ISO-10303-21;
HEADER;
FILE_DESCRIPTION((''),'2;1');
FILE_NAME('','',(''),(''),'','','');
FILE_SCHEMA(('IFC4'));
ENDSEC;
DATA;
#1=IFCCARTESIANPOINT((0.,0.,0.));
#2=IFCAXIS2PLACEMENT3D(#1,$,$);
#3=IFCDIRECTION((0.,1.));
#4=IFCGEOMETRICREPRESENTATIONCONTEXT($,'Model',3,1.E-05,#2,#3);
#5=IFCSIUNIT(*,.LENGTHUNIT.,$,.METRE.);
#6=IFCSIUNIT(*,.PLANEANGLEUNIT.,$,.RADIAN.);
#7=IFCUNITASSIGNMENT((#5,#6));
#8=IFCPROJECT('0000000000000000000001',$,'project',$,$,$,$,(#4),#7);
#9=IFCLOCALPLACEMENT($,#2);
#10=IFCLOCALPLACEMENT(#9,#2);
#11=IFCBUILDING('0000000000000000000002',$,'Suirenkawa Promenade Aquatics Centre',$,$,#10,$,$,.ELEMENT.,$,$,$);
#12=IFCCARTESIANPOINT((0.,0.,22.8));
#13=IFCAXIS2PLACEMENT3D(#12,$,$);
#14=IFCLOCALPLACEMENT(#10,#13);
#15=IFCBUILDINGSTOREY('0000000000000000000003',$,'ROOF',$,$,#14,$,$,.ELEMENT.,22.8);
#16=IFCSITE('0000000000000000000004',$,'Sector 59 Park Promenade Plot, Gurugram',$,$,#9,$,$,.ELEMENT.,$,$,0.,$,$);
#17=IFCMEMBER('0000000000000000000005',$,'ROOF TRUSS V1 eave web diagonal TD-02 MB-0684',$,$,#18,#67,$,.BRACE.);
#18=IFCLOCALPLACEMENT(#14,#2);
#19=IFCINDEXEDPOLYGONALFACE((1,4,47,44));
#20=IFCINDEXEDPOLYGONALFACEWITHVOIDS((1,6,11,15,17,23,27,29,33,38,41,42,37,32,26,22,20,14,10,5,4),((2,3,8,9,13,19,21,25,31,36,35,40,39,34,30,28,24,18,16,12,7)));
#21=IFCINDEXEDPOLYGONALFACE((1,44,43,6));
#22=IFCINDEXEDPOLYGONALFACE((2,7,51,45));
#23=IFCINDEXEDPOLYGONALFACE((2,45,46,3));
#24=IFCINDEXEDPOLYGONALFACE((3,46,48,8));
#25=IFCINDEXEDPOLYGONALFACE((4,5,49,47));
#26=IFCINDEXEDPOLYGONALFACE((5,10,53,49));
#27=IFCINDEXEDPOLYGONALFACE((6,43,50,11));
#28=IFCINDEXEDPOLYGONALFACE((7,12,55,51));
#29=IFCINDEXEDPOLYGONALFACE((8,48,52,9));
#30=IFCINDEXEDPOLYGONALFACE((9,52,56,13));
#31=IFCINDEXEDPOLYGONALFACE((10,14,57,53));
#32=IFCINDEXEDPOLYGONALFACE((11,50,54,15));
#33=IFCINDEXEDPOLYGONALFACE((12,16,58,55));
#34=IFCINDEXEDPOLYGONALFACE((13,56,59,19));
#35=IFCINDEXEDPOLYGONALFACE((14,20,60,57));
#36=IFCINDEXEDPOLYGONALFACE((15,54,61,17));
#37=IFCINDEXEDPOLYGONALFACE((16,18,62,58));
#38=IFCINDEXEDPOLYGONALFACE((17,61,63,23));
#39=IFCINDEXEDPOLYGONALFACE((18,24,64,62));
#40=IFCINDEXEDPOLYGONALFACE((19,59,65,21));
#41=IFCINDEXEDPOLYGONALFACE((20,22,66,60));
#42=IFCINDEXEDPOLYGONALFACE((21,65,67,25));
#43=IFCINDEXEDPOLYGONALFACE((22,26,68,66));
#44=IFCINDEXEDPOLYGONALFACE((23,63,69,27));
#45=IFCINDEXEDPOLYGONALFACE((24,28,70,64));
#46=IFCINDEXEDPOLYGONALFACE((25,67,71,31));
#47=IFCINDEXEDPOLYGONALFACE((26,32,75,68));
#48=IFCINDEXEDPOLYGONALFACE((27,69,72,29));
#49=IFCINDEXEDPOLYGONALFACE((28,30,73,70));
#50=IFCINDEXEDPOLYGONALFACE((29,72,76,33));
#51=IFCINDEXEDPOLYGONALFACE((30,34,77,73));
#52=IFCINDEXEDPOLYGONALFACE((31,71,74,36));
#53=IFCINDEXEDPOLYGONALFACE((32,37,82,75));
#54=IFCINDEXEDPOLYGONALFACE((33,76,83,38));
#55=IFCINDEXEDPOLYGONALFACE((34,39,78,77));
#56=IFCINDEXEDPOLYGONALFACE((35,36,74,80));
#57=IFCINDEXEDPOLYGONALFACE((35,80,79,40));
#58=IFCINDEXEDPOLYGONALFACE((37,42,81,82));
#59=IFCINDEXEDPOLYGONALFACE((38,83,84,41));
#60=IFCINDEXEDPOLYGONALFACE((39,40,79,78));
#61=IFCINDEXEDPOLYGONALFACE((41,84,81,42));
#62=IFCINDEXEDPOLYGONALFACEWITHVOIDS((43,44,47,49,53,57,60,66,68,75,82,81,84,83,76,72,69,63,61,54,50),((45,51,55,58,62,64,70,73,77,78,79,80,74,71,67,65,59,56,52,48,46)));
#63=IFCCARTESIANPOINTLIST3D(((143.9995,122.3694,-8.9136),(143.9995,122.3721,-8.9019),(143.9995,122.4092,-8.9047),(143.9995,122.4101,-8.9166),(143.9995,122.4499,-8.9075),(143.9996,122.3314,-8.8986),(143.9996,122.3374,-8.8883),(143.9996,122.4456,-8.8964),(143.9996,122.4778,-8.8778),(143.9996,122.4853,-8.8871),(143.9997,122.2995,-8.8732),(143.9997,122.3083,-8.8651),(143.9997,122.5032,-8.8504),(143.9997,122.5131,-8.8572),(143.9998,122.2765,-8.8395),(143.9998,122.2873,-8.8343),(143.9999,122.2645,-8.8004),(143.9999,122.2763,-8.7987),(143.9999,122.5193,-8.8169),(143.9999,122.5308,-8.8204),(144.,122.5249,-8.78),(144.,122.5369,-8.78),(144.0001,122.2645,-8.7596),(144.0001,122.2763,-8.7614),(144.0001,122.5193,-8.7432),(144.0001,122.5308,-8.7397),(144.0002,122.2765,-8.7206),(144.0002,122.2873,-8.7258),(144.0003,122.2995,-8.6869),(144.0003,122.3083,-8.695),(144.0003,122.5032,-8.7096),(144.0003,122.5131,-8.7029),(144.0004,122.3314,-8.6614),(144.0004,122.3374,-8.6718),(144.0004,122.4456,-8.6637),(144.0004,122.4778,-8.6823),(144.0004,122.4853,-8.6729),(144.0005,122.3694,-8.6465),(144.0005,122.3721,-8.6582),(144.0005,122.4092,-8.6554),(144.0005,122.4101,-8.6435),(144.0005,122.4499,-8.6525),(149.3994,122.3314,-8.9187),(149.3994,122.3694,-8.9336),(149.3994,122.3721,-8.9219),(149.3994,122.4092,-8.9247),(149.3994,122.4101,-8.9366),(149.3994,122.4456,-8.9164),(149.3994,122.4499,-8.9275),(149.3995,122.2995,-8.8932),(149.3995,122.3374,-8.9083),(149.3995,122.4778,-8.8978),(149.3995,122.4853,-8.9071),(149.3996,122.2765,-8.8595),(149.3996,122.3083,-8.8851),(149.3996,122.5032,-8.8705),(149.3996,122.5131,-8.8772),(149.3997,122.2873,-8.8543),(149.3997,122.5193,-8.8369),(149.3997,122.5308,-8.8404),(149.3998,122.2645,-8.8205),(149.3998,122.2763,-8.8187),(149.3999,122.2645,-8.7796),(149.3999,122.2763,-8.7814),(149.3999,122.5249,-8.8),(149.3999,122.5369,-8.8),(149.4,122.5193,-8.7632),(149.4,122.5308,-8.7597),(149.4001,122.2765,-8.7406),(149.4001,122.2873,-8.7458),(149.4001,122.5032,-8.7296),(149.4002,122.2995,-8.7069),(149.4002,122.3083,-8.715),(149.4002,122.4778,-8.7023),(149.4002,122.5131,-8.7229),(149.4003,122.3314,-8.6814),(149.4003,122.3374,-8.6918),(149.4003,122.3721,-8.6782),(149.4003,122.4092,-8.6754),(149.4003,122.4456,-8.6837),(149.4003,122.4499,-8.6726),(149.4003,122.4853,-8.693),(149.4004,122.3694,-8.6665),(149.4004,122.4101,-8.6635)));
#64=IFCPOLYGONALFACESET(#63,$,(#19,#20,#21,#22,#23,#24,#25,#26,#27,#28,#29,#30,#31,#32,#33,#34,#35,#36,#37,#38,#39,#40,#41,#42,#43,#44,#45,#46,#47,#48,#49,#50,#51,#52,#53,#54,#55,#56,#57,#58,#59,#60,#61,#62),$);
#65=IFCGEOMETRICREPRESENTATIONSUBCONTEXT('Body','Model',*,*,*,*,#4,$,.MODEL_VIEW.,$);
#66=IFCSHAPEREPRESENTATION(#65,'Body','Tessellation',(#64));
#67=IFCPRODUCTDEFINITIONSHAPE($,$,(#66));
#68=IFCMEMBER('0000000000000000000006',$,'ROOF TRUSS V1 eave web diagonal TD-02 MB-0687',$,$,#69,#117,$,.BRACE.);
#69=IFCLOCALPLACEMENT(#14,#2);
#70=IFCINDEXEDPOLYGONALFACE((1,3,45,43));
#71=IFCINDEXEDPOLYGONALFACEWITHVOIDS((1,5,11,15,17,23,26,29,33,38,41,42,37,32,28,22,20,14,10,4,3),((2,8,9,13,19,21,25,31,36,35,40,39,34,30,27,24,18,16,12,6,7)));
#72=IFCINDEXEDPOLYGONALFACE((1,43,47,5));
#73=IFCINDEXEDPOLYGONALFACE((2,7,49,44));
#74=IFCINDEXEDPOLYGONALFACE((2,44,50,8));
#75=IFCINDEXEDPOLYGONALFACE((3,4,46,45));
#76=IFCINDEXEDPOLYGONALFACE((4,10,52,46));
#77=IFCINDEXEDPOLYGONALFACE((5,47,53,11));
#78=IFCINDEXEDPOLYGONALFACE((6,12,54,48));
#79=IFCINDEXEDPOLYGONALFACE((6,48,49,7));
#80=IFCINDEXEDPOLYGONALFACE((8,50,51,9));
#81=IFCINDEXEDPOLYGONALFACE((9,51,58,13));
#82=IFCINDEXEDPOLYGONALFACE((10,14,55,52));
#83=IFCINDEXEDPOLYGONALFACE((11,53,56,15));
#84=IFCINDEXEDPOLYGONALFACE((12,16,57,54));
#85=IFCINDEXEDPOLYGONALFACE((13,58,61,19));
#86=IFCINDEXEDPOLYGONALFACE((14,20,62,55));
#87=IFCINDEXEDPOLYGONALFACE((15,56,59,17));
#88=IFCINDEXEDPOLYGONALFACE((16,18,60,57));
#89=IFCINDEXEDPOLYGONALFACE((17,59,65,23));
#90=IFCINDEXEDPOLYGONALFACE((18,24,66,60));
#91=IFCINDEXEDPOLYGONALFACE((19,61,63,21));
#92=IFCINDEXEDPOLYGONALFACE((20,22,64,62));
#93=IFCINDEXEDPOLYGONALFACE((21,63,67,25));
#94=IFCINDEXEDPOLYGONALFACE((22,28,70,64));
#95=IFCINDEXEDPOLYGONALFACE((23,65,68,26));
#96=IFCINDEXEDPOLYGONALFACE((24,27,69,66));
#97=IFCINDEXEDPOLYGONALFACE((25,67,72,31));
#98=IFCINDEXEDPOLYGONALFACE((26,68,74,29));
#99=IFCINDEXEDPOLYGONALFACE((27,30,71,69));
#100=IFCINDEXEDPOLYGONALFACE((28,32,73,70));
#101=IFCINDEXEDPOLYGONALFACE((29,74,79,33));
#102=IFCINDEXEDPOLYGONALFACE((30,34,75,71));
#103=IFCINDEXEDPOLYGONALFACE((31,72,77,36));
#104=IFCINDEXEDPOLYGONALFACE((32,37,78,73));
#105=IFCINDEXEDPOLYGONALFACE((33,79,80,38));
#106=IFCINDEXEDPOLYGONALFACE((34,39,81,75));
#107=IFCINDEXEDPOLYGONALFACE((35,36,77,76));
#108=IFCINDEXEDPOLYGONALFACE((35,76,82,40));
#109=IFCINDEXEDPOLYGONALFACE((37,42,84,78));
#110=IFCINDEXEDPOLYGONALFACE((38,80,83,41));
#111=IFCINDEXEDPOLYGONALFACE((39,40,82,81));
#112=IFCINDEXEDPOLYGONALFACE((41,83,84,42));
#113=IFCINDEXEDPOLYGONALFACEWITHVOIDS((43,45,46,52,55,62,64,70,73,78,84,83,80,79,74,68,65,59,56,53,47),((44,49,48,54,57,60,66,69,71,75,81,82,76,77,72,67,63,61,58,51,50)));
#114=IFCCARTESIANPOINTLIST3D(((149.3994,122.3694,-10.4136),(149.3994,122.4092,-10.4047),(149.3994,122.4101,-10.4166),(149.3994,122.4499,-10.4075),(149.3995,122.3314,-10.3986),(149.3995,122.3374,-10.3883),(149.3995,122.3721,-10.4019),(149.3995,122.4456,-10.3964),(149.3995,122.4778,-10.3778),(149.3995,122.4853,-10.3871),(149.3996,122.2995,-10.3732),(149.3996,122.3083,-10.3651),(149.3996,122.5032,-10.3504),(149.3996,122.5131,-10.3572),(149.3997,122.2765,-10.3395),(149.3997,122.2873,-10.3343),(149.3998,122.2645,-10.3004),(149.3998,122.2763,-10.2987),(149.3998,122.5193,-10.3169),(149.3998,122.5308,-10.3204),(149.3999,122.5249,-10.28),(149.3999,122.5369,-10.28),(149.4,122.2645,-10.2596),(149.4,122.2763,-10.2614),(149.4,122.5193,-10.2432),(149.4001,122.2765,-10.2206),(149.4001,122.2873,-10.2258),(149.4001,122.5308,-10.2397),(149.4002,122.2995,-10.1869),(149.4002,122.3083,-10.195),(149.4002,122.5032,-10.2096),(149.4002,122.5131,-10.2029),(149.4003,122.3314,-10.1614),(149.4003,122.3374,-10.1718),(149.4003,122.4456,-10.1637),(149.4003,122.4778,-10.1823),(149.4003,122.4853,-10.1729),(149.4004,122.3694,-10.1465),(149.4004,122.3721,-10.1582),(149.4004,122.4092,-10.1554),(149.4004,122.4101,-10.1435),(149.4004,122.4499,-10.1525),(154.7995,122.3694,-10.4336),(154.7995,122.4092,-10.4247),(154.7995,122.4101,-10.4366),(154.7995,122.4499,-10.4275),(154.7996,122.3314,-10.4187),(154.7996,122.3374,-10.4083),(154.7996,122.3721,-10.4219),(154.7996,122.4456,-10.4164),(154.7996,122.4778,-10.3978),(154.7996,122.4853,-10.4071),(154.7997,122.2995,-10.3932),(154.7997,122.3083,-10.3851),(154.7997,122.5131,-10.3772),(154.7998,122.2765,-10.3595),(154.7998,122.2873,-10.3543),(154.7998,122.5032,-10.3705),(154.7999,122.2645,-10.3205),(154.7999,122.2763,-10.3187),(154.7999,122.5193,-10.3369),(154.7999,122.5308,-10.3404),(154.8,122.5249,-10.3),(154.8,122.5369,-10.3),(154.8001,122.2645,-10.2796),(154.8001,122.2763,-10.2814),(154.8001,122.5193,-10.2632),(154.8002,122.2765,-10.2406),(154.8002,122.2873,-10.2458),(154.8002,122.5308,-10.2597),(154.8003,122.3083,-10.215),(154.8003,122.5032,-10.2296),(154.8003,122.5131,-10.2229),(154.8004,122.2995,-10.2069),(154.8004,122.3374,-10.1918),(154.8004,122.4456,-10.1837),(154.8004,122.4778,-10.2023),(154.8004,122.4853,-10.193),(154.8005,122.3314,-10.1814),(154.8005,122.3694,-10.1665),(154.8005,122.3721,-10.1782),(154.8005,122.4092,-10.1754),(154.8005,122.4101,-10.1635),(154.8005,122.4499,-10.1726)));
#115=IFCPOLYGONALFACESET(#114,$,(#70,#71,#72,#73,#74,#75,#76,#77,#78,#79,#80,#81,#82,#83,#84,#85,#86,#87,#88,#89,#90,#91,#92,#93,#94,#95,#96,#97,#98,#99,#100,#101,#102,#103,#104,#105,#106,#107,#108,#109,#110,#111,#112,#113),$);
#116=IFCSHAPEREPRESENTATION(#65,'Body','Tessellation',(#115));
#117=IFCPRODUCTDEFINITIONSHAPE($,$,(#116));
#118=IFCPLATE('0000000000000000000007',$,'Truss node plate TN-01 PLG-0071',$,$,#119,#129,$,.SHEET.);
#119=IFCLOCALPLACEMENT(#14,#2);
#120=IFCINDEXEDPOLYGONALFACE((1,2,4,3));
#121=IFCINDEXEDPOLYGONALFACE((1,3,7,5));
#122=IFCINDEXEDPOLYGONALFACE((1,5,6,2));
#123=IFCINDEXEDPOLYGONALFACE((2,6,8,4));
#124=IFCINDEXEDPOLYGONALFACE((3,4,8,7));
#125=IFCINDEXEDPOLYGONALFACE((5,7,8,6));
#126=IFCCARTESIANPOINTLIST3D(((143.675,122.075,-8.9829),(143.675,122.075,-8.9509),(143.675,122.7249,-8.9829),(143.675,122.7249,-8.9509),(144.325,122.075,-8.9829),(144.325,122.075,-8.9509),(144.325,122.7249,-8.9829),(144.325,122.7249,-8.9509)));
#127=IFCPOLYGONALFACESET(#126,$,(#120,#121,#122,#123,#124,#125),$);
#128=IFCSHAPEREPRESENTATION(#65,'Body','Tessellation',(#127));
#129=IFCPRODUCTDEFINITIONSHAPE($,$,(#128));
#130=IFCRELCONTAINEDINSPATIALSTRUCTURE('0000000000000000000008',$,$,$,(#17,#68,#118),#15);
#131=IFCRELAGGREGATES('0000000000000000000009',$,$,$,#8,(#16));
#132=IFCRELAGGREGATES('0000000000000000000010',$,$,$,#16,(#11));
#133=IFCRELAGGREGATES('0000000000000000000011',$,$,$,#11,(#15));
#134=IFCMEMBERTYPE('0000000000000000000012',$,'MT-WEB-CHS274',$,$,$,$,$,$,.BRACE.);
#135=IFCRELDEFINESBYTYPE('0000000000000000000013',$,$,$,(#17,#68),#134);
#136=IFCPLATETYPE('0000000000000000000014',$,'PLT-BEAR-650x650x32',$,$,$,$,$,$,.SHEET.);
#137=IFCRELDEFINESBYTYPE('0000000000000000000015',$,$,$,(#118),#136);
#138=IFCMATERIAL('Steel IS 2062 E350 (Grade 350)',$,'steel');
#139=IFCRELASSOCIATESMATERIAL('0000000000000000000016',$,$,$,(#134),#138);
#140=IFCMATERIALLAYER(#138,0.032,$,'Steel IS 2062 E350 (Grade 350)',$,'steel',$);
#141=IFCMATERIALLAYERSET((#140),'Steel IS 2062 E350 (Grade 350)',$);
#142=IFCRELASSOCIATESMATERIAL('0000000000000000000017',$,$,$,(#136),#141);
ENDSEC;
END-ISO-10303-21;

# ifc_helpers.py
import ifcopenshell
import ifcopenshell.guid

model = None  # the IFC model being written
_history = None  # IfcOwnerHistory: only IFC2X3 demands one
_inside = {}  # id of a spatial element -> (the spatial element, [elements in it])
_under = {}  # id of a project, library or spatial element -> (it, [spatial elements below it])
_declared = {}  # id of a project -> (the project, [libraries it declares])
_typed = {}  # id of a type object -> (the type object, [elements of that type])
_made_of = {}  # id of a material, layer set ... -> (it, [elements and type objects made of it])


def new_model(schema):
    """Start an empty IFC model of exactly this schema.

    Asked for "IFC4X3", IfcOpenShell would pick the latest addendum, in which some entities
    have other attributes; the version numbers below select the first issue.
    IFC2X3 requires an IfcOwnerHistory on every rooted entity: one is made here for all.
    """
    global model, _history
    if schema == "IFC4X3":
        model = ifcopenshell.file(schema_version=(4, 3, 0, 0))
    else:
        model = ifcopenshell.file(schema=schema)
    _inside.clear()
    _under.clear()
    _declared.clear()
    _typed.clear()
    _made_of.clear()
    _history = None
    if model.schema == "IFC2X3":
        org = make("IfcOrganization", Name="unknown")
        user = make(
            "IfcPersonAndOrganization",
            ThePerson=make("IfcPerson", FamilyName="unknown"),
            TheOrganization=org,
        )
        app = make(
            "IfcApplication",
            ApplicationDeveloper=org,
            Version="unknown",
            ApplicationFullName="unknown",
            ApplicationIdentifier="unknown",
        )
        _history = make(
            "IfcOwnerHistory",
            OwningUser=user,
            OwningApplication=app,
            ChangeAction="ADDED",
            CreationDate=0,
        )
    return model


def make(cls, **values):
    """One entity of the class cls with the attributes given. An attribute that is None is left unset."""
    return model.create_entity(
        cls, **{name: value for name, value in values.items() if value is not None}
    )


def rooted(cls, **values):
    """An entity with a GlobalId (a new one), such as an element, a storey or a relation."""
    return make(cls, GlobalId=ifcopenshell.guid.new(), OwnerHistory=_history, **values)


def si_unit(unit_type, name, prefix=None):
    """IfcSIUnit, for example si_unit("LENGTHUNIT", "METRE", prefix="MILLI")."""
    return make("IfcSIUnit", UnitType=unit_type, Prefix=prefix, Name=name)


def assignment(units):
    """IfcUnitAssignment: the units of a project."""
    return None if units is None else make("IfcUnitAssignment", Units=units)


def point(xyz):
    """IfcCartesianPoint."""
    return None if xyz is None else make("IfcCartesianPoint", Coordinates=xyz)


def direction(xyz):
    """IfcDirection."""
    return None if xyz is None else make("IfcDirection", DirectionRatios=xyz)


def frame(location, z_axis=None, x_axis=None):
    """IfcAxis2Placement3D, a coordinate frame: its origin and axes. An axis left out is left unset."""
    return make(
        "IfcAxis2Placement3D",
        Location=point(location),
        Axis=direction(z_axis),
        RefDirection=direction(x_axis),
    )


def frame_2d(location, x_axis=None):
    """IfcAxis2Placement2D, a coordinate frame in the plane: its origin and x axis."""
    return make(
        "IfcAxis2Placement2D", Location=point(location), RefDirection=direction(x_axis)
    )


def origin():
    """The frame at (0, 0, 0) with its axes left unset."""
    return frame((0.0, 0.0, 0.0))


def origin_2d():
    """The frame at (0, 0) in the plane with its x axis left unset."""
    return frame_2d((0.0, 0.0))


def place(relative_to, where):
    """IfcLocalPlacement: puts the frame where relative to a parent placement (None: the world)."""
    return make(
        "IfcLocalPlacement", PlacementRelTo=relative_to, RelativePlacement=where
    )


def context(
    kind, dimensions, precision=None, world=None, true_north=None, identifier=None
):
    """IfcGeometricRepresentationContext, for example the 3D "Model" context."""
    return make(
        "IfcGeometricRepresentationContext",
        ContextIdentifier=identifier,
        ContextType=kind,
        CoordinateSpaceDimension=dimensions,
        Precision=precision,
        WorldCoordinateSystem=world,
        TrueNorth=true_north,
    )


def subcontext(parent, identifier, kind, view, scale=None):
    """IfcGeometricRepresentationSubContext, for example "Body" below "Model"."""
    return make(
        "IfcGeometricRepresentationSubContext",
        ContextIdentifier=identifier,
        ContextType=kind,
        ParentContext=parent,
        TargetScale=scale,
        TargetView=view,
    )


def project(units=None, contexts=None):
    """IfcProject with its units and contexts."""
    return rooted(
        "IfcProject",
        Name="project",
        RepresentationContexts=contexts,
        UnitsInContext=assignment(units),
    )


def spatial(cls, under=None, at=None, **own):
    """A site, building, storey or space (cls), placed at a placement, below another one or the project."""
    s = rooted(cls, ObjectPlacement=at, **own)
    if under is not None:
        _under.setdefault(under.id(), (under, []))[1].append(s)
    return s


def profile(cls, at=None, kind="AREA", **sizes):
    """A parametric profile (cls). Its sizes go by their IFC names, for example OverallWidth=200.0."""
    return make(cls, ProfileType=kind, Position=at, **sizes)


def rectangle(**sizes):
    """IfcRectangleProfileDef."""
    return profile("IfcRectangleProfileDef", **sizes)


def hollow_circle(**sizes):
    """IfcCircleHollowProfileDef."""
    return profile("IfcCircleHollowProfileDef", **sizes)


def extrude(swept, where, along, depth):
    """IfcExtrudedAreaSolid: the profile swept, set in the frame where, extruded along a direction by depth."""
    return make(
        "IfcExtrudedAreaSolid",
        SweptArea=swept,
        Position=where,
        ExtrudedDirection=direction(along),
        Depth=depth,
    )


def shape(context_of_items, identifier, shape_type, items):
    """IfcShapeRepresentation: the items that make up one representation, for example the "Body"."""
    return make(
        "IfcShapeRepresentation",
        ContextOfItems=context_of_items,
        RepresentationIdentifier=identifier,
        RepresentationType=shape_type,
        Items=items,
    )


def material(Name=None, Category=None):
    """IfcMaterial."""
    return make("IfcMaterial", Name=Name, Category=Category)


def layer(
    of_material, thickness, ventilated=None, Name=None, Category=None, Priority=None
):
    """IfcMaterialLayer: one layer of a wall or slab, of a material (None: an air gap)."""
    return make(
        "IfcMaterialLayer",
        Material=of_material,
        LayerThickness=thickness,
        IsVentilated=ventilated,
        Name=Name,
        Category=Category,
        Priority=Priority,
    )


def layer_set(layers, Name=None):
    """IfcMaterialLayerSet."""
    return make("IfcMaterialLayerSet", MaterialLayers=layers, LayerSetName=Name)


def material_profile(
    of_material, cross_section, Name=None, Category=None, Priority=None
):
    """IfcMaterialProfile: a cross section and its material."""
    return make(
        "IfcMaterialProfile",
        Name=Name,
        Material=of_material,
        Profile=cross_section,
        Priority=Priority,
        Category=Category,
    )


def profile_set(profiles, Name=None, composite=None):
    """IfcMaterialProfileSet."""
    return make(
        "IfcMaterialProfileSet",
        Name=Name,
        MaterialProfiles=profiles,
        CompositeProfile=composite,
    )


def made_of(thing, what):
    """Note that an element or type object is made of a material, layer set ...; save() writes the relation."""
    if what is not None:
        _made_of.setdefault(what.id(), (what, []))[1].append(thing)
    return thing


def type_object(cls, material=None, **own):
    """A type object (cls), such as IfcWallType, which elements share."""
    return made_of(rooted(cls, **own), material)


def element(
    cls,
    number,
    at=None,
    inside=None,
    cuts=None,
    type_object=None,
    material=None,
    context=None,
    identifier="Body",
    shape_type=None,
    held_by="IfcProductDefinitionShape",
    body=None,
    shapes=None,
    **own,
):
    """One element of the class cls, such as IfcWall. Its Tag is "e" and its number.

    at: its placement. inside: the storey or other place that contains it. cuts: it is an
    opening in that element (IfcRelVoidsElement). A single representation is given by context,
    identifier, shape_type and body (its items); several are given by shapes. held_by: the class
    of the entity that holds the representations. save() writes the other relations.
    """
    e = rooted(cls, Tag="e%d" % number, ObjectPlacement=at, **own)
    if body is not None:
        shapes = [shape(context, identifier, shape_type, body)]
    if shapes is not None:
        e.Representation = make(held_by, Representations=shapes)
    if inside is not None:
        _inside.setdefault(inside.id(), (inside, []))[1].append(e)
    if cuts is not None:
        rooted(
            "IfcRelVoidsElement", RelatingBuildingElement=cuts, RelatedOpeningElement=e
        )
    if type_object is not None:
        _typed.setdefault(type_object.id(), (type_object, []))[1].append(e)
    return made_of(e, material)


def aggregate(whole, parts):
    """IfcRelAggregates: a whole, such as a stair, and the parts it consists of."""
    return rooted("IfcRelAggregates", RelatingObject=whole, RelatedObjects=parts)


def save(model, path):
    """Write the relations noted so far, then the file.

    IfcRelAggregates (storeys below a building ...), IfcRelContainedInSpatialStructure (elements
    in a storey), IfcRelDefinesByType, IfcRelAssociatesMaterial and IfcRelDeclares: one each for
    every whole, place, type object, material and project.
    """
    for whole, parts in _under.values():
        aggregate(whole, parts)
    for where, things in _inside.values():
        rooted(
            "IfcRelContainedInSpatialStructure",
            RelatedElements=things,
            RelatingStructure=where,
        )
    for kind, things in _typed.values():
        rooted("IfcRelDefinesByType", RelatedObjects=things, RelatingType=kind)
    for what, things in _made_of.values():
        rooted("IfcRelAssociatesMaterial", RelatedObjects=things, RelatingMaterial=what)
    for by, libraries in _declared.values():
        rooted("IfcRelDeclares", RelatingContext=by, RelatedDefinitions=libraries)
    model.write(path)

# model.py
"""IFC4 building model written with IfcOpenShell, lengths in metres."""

from ifc_helpers import new_model, si_unit, direction, frame, origin, origin_2d, place, context, subcontext, project, spatial, rectangle, hollow_circle, extrude, material, layer, layer_set, material_profile, profile_set, type_object, element, save


model = new_model("IFC4")

# Units and contexts
model_context = context("Model", 3, precision=1e-05, world=origin(), true_north=direction((0.0, 1.0)))
body_context = subcontext(model_context, "Body", "Model", "MODEL_VIEW")
ifc_project = project(units=[si_unit("LENGTHUNIT", "METRE"), si_unit("PLANEANGLEUNIT", "RADIAN")], contexts=[model_context])

# Site, building, storey
site_placement = place(None, origin())
site = spatial("IfcSite", under=ifc_project, at=site_placement, Name="Sector 59 Park Promenade Plot, Gurugram", CompositionType="ELEMENT", RefElevation=0.0)
building_placement = place(site_placement, origin())
building = spatial("IfcBuilding", under=site, at=building_placement, Name="Suirenkawa Promenade Aquatics Centre", CompositionType="ELEMENT")
storey_placement = place(building_placement, frame((0.0, 0.0, 22.8)))
storey = spatial("IfcBuildingStorey", under=building, at=storey_placement, Name="ROOF", CompositionType="ELEMENT", Elevation=22.8)

# Shared definitions
ifc_material = material(Name="Steel IS 2062 E350 (Grade 350)", Category="steel")

# Members
ifc_material_profile_1 = material_profile(ifc_material, hollow_circle(Radius=0.137, WallThickness=0.012, at=origin_2d()), Name="CHS 274x12", Category="steel")
ifc_profile_set_1 = profile_set([ifc_material_profile_1], Name="Steel IS 2062 E350 (Grade 350)")
member_type_1 = type_object("IfcMemberType", Name="MT-WEB-CHS274", PredefinedType="BRACE", material=ifc_profile_set_1)
member_1_placement = place(storey_placement, frame((144.0, 122.3999, -8.78), z_axis=(0.999993, 0.0, -0.003707), x_axis=(0.0, 1.0, 0.0)))
element("IfcMember", 1, at=member_1_placement, inside=storey, type_object=member_type_1, Name="ROOF TRUSS V1 eave web diagonal TD-02 MB-0684", PredefinedType="BRACE", context=body_context, shape_type="SweptSolid", body=[
    extrude(hollow_circle(Radius=0.137, WallThickness=0.012, at=origin_2d()), origin(), (0.0, 0.0, 1.0), 5.3999),
])
member_2_placement = place(storey_placement, frame((149.3999, 122.3999, -10.28), z_axis=(0.999993, 0.0, -0.003707), x_axis=(0.0, 1.0, 0.0)))
element("IfcMember", 2, at=member_2_placement, inside=storey, type_object=member_type_1, Name="ROOF TRUSS V1 eave web diagonal TD-02 MB-0687", PredefinedType="BRACE", context=body_context, shape_type="SweptSolid", body=[
    extrude(hollow_circle(Radius=0.137, WallThickness=0.012, at=origin_2d()), origin(), (0.0, 0.0, 1.0), 5.4001),
])

# Plate
ifc_layer = layer(ifc_material, 0.032, Name="Steel IS 2062 E350 (Grade 350)", Category="steel")
ifc_layer_set = layer_set([ifc_layer], Name="Steel IS 2062 E350 (Grade 350)")
plate_type = type_object("IfcPlateType", Name="PLT-BEAR-650x650x32", PredefinedType="SHEET", material=ifc_layer_set)
plate_placement = place(storey_placement, frame((144.0, 122.3999, -8.9829), z_axis=(0.0, 0.0, 1.0), x_axis=(1.0, 0.0, 0.0)))
element("IfcPlate", 3, at=plate_placement, inside=storey, type_object=plate_type, Name="Truss node plate TN-01 PLG-0071", PredefinedType="SHEET", context=body_context, shape_type="SweptSolid", body=[
    extrude(rectangle(XDim=0.6499, YDim=0.6499, at=origin_2d()), origin(), (0.0, 0.0, 1.0), 0.032),
])

save(model, "model.ifc")
